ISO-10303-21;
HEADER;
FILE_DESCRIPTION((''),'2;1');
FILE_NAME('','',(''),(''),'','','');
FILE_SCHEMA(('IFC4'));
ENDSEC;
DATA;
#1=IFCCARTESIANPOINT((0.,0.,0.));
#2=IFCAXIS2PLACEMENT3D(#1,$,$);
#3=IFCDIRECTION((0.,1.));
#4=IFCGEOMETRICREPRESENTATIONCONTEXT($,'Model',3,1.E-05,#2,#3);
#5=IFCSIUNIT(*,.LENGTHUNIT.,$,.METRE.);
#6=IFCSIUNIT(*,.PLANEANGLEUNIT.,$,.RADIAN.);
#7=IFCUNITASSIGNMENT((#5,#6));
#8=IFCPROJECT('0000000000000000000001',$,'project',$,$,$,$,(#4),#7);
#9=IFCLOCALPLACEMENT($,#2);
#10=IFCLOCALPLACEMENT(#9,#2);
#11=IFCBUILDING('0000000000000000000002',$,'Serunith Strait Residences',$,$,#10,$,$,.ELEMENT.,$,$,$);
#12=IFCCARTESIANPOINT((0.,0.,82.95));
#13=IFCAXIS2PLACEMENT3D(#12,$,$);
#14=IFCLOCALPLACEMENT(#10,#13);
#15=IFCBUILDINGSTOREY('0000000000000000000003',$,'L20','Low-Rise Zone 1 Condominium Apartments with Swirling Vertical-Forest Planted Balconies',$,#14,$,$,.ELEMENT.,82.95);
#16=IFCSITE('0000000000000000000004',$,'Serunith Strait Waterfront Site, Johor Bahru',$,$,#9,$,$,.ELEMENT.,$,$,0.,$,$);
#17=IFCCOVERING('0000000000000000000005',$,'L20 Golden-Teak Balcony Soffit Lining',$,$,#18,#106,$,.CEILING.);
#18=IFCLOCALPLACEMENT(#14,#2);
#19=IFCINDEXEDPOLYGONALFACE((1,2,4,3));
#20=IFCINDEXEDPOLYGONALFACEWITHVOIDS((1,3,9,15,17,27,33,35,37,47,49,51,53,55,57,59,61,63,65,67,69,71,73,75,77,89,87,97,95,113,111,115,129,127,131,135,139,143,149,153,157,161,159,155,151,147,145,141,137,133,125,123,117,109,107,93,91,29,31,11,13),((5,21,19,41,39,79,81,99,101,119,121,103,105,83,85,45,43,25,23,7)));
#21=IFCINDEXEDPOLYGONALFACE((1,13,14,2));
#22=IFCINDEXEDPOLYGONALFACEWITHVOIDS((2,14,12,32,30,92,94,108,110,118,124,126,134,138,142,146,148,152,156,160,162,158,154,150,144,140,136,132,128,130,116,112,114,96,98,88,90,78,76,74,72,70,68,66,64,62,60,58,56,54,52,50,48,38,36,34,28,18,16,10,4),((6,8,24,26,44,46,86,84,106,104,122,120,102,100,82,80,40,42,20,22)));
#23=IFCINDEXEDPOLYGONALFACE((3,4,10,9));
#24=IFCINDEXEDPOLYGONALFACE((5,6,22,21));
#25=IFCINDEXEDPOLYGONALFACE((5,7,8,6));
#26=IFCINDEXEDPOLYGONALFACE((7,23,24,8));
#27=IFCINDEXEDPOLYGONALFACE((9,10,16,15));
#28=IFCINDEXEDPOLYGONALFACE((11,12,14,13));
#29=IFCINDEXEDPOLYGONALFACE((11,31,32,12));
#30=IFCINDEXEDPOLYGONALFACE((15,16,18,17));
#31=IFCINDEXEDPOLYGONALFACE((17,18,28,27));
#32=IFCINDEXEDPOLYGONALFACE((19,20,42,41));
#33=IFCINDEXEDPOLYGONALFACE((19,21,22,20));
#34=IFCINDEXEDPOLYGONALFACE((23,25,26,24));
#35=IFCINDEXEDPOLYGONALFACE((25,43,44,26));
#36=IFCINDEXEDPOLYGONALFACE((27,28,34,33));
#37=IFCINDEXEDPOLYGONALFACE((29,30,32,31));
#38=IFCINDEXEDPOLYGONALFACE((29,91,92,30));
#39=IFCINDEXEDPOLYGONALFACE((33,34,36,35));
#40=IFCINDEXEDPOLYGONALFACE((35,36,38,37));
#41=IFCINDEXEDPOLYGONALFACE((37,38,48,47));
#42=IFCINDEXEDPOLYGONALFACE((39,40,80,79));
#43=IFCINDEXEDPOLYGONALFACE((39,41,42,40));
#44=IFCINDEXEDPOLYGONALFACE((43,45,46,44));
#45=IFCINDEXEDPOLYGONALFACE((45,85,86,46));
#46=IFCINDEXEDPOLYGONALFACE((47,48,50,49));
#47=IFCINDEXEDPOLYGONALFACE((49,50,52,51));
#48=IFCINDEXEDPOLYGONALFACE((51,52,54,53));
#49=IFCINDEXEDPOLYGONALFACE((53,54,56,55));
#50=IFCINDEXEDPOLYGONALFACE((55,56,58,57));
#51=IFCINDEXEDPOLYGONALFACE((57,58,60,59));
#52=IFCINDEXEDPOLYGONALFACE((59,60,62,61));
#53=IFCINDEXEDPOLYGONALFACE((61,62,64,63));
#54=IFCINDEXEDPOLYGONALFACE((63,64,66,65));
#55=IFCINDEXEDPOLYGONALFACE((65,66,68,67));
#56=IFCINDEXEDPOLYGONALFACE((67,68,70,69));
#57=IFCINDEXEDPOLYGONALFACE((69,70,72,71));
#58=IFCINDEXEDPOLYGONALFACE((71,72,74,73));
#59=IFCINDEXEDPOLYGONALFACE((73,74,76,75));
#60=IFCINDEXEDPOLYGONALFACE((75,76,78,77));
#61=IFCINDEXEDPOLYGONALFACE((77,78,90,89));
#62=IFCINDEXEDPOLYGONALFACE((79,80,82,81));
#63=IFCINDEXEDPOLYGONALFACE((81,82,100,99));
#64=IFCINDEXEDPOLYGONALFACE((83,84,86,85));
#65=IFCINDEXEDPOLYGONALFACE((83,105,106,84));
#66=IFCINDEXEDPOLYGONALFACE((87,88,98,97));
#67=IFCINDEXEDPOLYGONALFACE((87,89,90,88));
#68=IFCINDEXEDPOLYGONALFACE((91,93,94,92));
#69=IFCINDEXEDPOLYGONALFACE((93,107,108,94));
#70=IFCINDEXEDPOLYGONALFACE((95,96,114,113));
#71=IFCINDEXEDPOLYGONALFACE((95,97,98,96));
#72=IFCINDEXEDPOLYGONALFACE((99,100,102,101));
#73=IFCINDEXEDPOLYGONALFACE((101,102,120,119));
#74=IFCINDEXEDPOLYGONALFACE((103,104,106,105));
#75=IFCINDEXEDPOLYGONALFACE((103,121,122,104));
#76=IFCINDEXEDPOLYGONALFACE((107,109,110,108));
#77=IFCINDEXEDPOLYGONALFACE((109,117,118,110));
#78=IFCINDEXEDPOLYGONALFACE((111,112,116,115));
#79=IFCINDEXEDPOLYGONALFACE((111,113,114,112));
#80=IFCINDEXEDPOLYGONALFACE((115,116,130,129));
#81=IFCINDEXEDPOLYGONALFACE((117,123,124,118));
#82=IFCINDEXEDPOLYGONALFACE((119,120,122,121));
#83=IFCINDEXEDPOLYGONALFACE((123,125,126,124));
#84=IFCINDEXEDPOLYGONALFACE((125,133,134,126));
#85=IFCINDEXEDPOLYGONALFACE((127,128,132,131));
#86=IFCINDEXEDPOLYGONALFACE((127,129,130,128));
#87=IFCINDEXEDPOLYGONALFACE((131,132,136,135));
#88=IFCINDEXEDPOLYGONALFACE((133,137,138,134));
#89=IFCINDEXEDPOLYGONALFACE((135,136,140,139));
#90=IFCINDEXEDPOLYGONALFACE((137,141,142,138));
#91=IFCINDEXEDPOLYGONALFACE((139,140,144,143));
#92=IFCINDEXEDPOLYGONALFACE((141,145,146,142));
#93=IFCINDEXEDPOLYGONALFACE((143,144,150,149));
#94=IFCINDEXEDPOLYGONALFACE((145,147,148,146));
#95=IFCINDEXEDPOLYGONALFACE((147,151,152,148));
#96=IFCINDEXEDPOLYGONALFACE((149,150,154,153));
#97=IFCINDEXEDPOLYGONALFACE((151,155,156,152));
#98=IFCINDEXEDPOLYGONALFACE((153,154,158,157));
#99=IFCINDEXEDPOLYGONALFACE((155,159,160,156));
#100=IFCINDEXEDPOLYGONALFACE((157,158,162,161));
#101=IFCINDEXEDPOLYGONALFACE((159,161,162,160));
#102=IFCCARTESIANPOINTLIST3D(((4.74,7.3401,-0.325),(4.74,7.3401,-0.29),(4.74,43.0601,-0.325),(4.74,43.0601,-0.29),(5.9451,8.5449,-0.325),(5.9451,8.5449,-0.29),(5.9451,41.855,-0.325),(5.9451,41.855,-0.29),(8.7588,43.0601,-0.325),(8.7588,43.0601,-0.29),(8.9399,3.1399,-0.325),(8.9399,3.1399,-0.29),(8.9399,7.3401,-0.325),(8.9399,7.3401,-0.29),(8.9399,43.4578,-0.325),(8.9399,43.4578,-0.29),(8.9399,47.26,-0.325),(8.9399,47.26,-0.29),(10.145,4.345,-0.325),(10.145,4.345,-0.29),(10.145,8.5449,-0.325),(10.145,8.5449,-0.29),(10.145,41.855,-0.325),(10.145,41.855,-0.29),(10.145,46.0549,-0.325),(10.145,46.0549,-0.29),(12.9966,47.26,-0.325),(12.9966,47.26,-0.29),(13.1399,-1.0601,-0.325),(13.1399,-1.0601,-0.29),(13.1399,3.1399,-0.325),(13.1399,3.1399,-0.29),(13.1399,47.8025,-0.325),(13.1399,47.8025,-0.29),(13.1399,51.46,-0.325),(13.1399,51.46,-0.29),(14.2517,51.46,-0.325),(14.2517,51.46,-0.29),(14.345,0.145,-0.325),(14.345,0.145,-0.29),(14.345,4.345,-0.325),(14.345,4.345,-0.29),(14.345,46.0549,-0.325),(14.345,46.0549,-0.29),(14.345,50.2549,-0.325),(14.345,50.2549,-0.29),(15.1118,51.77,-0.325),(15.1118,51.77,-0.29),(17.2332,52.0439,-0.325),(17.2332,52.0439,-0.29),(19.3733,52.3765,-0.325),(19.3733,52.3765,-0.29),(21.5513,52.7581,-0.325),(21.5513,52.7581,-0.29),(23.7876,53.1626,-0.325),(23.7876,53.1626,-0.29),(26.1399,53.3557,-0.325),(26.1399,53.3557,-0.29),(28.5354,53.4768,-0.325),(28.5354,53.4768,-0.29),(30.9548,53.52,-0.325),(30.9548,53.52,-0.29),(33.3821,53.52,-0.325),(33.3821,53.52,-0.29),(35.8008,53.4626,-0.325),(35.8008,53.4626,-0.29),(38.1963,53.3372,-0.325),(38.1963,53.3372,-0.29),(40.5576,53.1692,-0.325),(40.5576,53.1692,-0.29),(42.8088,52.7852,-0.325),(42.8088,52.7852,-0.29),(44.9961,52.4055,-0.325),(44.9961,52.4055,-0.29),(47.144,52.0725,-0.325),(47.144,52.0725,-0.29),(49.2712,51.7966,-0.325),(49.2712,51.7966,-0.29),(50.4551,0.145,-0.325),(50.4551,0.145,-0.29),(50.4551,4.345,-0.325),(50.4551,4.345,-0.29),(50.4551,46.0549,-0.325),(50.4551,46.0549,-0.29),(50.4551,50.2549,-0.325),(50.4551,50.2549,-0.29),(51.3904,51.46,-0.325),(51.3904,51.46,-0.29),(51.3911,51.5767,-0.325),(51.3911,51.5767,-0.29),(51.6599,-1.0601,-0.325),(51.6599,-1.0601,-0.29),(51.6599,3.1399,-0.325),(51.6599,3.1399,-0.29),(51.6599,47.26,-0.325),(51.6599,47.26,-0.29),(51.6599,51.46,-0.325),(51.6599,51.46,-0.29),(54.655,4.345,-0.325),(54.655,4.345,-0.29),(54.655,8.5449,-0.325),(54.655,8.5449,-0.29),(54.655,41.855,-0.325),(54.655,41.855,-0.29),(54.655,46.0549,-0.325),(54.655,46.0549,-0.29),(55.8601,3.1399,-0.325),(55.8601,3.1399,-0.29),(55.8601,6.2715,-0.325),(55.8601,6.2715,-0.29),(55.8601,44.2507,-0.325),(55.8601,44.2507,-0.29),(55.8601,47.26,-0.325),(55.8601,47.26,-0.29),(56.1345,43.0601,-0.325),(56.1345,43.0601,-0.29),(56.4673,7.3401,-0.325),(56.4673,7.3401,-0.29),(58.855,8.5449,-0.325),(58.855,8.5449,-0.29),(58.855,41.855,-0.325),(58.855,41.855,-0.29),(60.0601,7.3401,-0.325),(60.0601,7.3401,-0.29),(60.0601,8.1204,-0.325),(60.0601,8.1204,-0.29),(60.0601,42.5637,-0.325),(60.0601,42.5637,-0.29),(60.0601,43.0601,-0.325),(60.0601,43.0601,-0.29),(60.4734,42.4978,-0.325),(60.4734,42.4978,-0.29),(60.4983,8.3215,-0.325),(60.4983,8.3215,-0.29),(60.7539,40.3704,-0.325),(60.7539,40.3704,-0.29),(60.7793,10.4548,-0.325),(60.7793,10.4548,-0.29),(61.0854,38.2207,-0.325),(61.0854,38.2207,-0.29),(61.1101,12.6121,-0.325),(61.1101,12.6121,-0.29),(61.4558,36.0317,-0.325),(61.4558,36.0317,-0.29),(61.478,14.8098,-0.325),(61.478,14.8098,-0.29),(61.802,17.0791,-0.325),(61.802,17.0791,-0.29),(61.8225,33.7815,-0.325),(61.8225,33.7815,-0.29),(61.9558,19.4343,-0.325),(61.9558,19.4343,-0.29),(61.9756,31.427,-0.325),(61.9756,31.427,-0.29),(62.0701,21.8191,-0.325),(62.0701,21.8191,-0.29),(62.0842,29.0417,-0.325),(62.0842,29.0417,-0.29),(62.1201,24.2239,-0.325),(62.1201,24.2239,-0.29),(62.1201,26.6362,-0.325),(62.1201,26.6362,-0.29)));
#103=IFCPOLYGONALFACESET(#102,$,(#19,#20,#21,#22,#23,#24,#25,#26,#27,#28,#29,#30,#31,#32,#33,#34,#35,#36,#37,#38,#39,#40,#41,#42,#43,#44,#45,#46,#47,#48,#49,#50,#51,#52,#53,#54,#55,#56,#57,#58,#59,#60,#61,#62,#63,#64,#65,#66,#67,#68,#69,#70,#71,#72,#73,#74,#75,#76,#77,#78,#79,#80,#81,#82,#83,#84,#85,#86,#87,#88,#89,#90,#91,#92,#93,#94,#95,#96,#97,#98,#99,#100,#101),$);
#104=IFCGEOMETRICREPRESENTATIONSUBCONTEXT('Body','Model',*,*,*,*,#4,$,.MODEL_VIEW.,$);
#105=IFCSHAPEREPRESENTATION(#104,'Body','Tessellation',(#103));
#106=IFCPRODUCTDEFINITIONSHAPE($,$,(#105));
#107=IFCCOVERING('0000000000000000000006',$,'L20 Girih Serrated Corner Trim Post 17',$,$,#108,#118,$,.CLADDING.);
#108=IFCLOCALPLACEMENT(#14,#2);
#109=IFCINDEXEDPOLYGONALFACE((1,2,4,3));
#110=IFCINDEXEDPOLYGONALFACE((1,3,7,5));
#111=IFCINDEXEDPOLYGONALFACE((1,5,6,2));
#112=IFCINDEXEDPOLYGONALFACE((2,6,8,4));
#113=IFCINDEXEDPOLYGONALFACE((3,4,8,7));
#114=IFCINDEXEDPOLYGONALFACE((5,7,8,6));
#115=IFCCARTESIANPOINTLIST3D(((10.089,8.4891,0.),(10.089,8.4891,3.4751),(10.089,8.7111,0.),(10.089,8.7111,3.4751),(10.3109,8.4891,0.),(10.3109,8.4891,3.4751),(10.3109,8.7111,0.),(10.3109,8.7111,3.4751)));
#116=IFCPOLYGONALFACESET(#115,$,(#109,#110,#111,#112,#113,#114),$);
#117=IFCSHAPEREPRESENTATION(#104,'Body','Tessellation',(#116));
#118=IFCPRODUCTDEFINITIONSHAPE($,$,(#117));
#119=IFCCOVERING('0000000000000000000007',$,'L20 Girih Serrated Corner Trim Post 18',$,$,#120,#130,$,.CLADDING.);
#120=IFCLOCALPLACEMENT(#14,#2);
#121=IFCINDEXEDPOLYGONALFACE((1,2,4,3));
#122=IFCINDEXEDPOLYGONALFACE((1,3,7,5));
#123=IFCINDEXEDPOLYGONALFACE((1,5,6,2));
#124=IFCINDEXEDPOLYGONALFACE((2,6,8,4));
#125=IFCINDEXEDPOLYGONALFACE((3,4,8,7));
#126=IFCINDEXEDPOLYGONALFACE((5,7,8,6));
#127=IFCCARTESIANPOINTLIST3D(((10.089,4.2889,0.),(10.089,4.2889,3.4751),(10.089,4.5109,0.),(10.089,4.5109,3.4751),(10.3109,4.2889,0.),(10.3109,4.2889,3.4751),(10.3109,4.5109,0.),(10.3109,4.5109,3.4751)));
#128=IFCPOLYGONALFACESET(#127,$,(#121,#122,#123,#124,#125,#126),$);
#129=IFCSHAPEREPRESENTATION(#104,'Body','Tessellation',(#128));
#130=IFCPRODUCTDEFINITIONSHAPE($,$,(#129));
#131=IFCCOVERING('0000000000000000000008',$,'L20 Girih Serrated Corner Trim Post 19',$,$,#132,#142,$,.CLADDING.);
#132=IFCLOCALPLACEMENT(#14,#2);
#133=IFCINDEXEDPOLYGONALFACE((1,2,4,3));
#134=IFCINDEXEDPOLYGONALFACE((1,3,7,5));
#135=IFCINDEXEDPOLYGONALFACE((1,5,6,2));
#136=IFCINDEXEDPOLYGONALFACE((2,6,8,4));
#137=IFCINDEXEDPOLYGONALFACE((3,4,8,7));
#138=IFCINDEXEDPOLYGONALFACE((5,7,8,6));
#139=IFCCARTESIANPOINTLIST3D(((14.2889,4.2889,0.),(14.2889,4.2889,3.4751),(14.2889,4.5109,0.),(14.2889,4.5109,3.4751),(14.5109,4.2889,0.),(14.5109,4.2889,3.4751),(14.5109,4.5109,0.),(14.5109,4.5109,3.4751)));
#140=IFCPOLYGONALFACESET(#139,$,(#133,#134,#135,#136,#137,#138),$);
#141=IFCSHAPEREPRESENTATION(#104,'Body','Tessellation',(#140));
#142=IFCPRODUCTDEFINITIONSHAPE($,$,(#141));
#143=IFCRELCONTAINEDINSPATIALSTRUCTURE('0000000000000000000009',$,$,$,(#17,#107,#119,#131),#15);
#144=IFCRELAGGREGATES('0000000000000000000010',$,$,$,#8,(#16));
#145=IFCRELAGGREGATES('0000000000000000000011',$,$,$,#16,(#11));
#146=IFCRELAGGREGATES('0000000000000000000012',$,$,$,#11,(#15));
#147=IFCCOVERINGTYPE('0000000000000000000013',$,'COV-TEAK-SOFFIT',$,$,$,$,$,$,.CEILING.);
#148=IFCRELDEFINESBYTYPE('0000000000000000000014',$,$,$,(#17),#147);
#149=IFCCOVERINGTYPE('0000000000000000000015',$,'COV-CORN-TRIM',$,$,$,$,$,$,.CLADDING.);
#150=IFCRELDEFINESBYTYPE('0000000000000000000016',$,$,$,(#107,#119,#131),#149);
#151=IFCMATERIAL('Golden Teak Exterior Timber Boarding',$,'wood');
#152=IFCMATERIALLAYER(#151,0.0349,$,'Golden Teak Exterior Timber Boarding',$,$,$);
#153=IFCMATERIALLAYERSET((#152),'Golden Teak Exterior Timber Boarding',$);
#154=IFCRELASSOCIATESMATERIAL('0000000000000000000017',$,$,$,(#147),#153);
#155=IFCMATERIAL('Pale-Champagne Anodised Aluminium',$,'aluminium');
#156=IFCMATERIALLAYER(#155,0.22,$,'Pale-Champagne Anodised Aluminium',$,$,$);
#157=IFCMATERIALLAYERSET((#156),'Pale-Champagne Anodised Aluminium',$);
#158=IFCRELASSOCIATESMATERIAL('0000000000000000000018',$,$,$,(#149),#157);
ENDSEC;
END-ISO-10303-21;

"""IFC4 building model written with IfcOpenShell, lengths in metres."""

from ifc_helpers import new_model, si_unit, direction, frame, origin, origin_2d, place, context, subcontext, project, spatial, polyline, rectangle, outline, extrude, source, transform, mapped, material, layer, layer_set, type_object, element, save


model = new_model("IFC4")

# Units and contexts
model_context = context("Model", 3, precision=1e-05, world=origin(), true_north=direction((0.0, 1.0)))
body_context = subcontext(model_context, "Body", "Model", "MODEL_VIEW")
ifc_project = project(units=[si_unit("LENGTHUNIT", "METRE"), si_unit("PLANEANGLEUNIT", "RADIAN")], contexts=[model_context])

# Site, building, storey
site_placement = place(None, origin())
site = spatial("IfcSite", under=ifc_project, at=site_placement, Name="Serunith Strait Waterfront Site, Johor Bahru", CompositionType="ELEMENT", RefElevation=0.0)
building_placement = place(site_placement, origin())
building = spatial("IfcBuilding", under=site, at=building_placement, Name="Serunith Strait Residences", CompositionType="ELEMENT")
storey_placement = place(building_placement, frame((0.0, 0.0, 82.95)))
storey = spatial("IfcBuildingStorey", under=building, at=storey_placement, Name="L20", Description="Low-Rise Zone 1 Condominium Apartments with Swirling Vertical-Forest Planted Balconies", CompositionType="ELEMENT", Elevation=82.95)

# Shared definitions
ifc_material_1 = material(Name="Pale-Champagne Anodised Aluminium", Category="aluminium")

# Covering
ifc_material_2 = material(Name="Golden Teak Exterior Timber Boarding", Category="wood")
ifc_layer_1 = layer(ifc_material_2, 0.0349, Name="Golden Teak Exterior Timber Boarding")
ifc_layer_set_1 = layer_set([ifc_layer_1], Name="Golden Teak Exterior Timber Boarding")
covering_type_1 = type_object("IfcCoveringType", Name="COV-TEAK-SOFFIT", PredefinedType="CEILING", material=ifc_layer_set_1)
covering_1_placement = place(storey_placement, frame((0.0, 0.0, -0.325)))
element("IfcCovering", 1, at=covering_1_placement, inside=storey, type_object=covering_type_1, Name="L20 Golden-Teak Balcony Soffit Lining", PredefinedType="CEILING", context=body_context, shape_type="SweptSolid", body=[
    extrude(outline(polyline([(12.9966, 47.26), (13.1399, 47.8025), (13.1399, 51.46), (14.2517, 51.46), (15.1118, 51.77), (17.2332, 52.0439), (19.3733, 52.3765), (21.5513, 52.7581), (23.7876, 53.1626), (26.1399, 53.3557), (28.5354, 53.4768), (30.9548, 53.52), (33.3821, 53.52), (35.8008, 53.4626), (38.1963, 53.3372), (40.5576, 53.1692), (42.8088, 52.7852), (44.9961, 52.4055), (47.144, 52.0725), (49.2712, 51.7966), (51.3911, 51.5767), (51.3904, 51.46), (51.6599, 51.46), (51.6599, 47.26), (55.8601, 47.26), (55.8601, 44.2507), (56.1345, 43.0601), (60.0601, 43.0601), (60.0601, 42.5637), (60.4734, 42.4978), (60.7539, 40.3704), (61.0854, 38.2207), (61.4558, 36.0317), (61.8225, 33.7815), (61.9756, 31.427), (62.0842, 29.0417), (62.1201, 26.6362), (62.1201, 24.2239), (62.0701, 21.8191), (61.9558, 19.4343), (61.802, 17.0791), (61.478, 14.8098), (61.1101, 12.6121), (60.7793, 10.4548), (60.4983, 8.3215), (60.0601, 8.1204), (60.0601, 7.3401), (56.4673, 7.3401), (55.8601, 6.2715), (55.8601, 3.1399), (51.6599, 3.1399), (51.6599, -1.0601), (13.1399, -1.0601), (13.1399, 3.1399), (8.9399, 3.1399), (8.9399, 7.3401), (4.74, 7.3401), (4.74, 43.0601), (8.7588, 43.0601), (8.9399, 43.4578), (8.9399, 47.26), (12.9966, 47.26)]), holes=[polyline([(50.4551, 0.145), (50.4551, 4.345), (54.655, 4.345), (54.655, 8.5449), (58.855, 8.5449), (58.855, 41.855), (54.655, 41.855), (54.655, 46.0549), (50.4551, 46.0549), (50.4551, 50.2549), (14.345, 50.2549), (14.345, 46.0549), (10.145, 46.0549), (10.145, 41.855), (5.9451, 41.855), (5.9451, 8.5449), (10.145, 8.5449), (10.145, 4.345), (14.345, 4.345), (14.345, 0.145), (50.4551, 0.145)])]), origin(), (0.0, 0.0, 1.0), 0.0349),
])

# Coverings
ifc_layer_2 = layer(ifc_material_1, 0.22, Name="Pale-Champagne Anodised Aluminium")
ifc_layer_set_2 = layer_set([ifc_layer_2], Name="Pale-Champagne Anodised Aluminium")
covering_type_2 = type_object("IfcCoveringType", Name="COV-CORN-TRIM", PredefinedType="CLADDING", material=ifc_layer_set_2)
shared_shape_1 = source(origin(), body_context, "Body", "SweptSolid", [
    extrude(rectangle(XDim=0.2219, YDim=0.2219, at=origin_2d()), origin(), (0.0, 0.0, 1.0), 3.4751),
])
for number, where, z_axis, x_axis, name in (
    (2, (10.2, 8.6001, 0.0), (0.0, 0.0, 1.0), (1.0, 0.0, 0.0), "L20 Girih Serrated Corner Trim Post 17"),
    (3, (10.2, 4.3999, 0.0), (0.0, 0.0, 1.0), (1.0, 0.0, 0.0), "L20 Girih Serrated Corner Trim Post 18"),
    (4, (14.3999, 4.3999, 0.0), (0.0, 0.0, 1.0), (1.0, 0.0, 0.0), "L20 Girih Serrated Corner Trim Post 19"),
):
    element("IfcCovering", number, at=place(storey_placement, frame(where, z_axis=z_axis, x_axis=x_axis)), inside=storey, type_object=covering_type_2, Name=name, PredefinedType="CLADDING", context=body_context, shape_type="MappedRepresentation", body=[
        mapped(shared_shape_1, transform((0.0, 0.0, 0.0), scale=1.0)),
    ])

save(model, "model.ifc")
